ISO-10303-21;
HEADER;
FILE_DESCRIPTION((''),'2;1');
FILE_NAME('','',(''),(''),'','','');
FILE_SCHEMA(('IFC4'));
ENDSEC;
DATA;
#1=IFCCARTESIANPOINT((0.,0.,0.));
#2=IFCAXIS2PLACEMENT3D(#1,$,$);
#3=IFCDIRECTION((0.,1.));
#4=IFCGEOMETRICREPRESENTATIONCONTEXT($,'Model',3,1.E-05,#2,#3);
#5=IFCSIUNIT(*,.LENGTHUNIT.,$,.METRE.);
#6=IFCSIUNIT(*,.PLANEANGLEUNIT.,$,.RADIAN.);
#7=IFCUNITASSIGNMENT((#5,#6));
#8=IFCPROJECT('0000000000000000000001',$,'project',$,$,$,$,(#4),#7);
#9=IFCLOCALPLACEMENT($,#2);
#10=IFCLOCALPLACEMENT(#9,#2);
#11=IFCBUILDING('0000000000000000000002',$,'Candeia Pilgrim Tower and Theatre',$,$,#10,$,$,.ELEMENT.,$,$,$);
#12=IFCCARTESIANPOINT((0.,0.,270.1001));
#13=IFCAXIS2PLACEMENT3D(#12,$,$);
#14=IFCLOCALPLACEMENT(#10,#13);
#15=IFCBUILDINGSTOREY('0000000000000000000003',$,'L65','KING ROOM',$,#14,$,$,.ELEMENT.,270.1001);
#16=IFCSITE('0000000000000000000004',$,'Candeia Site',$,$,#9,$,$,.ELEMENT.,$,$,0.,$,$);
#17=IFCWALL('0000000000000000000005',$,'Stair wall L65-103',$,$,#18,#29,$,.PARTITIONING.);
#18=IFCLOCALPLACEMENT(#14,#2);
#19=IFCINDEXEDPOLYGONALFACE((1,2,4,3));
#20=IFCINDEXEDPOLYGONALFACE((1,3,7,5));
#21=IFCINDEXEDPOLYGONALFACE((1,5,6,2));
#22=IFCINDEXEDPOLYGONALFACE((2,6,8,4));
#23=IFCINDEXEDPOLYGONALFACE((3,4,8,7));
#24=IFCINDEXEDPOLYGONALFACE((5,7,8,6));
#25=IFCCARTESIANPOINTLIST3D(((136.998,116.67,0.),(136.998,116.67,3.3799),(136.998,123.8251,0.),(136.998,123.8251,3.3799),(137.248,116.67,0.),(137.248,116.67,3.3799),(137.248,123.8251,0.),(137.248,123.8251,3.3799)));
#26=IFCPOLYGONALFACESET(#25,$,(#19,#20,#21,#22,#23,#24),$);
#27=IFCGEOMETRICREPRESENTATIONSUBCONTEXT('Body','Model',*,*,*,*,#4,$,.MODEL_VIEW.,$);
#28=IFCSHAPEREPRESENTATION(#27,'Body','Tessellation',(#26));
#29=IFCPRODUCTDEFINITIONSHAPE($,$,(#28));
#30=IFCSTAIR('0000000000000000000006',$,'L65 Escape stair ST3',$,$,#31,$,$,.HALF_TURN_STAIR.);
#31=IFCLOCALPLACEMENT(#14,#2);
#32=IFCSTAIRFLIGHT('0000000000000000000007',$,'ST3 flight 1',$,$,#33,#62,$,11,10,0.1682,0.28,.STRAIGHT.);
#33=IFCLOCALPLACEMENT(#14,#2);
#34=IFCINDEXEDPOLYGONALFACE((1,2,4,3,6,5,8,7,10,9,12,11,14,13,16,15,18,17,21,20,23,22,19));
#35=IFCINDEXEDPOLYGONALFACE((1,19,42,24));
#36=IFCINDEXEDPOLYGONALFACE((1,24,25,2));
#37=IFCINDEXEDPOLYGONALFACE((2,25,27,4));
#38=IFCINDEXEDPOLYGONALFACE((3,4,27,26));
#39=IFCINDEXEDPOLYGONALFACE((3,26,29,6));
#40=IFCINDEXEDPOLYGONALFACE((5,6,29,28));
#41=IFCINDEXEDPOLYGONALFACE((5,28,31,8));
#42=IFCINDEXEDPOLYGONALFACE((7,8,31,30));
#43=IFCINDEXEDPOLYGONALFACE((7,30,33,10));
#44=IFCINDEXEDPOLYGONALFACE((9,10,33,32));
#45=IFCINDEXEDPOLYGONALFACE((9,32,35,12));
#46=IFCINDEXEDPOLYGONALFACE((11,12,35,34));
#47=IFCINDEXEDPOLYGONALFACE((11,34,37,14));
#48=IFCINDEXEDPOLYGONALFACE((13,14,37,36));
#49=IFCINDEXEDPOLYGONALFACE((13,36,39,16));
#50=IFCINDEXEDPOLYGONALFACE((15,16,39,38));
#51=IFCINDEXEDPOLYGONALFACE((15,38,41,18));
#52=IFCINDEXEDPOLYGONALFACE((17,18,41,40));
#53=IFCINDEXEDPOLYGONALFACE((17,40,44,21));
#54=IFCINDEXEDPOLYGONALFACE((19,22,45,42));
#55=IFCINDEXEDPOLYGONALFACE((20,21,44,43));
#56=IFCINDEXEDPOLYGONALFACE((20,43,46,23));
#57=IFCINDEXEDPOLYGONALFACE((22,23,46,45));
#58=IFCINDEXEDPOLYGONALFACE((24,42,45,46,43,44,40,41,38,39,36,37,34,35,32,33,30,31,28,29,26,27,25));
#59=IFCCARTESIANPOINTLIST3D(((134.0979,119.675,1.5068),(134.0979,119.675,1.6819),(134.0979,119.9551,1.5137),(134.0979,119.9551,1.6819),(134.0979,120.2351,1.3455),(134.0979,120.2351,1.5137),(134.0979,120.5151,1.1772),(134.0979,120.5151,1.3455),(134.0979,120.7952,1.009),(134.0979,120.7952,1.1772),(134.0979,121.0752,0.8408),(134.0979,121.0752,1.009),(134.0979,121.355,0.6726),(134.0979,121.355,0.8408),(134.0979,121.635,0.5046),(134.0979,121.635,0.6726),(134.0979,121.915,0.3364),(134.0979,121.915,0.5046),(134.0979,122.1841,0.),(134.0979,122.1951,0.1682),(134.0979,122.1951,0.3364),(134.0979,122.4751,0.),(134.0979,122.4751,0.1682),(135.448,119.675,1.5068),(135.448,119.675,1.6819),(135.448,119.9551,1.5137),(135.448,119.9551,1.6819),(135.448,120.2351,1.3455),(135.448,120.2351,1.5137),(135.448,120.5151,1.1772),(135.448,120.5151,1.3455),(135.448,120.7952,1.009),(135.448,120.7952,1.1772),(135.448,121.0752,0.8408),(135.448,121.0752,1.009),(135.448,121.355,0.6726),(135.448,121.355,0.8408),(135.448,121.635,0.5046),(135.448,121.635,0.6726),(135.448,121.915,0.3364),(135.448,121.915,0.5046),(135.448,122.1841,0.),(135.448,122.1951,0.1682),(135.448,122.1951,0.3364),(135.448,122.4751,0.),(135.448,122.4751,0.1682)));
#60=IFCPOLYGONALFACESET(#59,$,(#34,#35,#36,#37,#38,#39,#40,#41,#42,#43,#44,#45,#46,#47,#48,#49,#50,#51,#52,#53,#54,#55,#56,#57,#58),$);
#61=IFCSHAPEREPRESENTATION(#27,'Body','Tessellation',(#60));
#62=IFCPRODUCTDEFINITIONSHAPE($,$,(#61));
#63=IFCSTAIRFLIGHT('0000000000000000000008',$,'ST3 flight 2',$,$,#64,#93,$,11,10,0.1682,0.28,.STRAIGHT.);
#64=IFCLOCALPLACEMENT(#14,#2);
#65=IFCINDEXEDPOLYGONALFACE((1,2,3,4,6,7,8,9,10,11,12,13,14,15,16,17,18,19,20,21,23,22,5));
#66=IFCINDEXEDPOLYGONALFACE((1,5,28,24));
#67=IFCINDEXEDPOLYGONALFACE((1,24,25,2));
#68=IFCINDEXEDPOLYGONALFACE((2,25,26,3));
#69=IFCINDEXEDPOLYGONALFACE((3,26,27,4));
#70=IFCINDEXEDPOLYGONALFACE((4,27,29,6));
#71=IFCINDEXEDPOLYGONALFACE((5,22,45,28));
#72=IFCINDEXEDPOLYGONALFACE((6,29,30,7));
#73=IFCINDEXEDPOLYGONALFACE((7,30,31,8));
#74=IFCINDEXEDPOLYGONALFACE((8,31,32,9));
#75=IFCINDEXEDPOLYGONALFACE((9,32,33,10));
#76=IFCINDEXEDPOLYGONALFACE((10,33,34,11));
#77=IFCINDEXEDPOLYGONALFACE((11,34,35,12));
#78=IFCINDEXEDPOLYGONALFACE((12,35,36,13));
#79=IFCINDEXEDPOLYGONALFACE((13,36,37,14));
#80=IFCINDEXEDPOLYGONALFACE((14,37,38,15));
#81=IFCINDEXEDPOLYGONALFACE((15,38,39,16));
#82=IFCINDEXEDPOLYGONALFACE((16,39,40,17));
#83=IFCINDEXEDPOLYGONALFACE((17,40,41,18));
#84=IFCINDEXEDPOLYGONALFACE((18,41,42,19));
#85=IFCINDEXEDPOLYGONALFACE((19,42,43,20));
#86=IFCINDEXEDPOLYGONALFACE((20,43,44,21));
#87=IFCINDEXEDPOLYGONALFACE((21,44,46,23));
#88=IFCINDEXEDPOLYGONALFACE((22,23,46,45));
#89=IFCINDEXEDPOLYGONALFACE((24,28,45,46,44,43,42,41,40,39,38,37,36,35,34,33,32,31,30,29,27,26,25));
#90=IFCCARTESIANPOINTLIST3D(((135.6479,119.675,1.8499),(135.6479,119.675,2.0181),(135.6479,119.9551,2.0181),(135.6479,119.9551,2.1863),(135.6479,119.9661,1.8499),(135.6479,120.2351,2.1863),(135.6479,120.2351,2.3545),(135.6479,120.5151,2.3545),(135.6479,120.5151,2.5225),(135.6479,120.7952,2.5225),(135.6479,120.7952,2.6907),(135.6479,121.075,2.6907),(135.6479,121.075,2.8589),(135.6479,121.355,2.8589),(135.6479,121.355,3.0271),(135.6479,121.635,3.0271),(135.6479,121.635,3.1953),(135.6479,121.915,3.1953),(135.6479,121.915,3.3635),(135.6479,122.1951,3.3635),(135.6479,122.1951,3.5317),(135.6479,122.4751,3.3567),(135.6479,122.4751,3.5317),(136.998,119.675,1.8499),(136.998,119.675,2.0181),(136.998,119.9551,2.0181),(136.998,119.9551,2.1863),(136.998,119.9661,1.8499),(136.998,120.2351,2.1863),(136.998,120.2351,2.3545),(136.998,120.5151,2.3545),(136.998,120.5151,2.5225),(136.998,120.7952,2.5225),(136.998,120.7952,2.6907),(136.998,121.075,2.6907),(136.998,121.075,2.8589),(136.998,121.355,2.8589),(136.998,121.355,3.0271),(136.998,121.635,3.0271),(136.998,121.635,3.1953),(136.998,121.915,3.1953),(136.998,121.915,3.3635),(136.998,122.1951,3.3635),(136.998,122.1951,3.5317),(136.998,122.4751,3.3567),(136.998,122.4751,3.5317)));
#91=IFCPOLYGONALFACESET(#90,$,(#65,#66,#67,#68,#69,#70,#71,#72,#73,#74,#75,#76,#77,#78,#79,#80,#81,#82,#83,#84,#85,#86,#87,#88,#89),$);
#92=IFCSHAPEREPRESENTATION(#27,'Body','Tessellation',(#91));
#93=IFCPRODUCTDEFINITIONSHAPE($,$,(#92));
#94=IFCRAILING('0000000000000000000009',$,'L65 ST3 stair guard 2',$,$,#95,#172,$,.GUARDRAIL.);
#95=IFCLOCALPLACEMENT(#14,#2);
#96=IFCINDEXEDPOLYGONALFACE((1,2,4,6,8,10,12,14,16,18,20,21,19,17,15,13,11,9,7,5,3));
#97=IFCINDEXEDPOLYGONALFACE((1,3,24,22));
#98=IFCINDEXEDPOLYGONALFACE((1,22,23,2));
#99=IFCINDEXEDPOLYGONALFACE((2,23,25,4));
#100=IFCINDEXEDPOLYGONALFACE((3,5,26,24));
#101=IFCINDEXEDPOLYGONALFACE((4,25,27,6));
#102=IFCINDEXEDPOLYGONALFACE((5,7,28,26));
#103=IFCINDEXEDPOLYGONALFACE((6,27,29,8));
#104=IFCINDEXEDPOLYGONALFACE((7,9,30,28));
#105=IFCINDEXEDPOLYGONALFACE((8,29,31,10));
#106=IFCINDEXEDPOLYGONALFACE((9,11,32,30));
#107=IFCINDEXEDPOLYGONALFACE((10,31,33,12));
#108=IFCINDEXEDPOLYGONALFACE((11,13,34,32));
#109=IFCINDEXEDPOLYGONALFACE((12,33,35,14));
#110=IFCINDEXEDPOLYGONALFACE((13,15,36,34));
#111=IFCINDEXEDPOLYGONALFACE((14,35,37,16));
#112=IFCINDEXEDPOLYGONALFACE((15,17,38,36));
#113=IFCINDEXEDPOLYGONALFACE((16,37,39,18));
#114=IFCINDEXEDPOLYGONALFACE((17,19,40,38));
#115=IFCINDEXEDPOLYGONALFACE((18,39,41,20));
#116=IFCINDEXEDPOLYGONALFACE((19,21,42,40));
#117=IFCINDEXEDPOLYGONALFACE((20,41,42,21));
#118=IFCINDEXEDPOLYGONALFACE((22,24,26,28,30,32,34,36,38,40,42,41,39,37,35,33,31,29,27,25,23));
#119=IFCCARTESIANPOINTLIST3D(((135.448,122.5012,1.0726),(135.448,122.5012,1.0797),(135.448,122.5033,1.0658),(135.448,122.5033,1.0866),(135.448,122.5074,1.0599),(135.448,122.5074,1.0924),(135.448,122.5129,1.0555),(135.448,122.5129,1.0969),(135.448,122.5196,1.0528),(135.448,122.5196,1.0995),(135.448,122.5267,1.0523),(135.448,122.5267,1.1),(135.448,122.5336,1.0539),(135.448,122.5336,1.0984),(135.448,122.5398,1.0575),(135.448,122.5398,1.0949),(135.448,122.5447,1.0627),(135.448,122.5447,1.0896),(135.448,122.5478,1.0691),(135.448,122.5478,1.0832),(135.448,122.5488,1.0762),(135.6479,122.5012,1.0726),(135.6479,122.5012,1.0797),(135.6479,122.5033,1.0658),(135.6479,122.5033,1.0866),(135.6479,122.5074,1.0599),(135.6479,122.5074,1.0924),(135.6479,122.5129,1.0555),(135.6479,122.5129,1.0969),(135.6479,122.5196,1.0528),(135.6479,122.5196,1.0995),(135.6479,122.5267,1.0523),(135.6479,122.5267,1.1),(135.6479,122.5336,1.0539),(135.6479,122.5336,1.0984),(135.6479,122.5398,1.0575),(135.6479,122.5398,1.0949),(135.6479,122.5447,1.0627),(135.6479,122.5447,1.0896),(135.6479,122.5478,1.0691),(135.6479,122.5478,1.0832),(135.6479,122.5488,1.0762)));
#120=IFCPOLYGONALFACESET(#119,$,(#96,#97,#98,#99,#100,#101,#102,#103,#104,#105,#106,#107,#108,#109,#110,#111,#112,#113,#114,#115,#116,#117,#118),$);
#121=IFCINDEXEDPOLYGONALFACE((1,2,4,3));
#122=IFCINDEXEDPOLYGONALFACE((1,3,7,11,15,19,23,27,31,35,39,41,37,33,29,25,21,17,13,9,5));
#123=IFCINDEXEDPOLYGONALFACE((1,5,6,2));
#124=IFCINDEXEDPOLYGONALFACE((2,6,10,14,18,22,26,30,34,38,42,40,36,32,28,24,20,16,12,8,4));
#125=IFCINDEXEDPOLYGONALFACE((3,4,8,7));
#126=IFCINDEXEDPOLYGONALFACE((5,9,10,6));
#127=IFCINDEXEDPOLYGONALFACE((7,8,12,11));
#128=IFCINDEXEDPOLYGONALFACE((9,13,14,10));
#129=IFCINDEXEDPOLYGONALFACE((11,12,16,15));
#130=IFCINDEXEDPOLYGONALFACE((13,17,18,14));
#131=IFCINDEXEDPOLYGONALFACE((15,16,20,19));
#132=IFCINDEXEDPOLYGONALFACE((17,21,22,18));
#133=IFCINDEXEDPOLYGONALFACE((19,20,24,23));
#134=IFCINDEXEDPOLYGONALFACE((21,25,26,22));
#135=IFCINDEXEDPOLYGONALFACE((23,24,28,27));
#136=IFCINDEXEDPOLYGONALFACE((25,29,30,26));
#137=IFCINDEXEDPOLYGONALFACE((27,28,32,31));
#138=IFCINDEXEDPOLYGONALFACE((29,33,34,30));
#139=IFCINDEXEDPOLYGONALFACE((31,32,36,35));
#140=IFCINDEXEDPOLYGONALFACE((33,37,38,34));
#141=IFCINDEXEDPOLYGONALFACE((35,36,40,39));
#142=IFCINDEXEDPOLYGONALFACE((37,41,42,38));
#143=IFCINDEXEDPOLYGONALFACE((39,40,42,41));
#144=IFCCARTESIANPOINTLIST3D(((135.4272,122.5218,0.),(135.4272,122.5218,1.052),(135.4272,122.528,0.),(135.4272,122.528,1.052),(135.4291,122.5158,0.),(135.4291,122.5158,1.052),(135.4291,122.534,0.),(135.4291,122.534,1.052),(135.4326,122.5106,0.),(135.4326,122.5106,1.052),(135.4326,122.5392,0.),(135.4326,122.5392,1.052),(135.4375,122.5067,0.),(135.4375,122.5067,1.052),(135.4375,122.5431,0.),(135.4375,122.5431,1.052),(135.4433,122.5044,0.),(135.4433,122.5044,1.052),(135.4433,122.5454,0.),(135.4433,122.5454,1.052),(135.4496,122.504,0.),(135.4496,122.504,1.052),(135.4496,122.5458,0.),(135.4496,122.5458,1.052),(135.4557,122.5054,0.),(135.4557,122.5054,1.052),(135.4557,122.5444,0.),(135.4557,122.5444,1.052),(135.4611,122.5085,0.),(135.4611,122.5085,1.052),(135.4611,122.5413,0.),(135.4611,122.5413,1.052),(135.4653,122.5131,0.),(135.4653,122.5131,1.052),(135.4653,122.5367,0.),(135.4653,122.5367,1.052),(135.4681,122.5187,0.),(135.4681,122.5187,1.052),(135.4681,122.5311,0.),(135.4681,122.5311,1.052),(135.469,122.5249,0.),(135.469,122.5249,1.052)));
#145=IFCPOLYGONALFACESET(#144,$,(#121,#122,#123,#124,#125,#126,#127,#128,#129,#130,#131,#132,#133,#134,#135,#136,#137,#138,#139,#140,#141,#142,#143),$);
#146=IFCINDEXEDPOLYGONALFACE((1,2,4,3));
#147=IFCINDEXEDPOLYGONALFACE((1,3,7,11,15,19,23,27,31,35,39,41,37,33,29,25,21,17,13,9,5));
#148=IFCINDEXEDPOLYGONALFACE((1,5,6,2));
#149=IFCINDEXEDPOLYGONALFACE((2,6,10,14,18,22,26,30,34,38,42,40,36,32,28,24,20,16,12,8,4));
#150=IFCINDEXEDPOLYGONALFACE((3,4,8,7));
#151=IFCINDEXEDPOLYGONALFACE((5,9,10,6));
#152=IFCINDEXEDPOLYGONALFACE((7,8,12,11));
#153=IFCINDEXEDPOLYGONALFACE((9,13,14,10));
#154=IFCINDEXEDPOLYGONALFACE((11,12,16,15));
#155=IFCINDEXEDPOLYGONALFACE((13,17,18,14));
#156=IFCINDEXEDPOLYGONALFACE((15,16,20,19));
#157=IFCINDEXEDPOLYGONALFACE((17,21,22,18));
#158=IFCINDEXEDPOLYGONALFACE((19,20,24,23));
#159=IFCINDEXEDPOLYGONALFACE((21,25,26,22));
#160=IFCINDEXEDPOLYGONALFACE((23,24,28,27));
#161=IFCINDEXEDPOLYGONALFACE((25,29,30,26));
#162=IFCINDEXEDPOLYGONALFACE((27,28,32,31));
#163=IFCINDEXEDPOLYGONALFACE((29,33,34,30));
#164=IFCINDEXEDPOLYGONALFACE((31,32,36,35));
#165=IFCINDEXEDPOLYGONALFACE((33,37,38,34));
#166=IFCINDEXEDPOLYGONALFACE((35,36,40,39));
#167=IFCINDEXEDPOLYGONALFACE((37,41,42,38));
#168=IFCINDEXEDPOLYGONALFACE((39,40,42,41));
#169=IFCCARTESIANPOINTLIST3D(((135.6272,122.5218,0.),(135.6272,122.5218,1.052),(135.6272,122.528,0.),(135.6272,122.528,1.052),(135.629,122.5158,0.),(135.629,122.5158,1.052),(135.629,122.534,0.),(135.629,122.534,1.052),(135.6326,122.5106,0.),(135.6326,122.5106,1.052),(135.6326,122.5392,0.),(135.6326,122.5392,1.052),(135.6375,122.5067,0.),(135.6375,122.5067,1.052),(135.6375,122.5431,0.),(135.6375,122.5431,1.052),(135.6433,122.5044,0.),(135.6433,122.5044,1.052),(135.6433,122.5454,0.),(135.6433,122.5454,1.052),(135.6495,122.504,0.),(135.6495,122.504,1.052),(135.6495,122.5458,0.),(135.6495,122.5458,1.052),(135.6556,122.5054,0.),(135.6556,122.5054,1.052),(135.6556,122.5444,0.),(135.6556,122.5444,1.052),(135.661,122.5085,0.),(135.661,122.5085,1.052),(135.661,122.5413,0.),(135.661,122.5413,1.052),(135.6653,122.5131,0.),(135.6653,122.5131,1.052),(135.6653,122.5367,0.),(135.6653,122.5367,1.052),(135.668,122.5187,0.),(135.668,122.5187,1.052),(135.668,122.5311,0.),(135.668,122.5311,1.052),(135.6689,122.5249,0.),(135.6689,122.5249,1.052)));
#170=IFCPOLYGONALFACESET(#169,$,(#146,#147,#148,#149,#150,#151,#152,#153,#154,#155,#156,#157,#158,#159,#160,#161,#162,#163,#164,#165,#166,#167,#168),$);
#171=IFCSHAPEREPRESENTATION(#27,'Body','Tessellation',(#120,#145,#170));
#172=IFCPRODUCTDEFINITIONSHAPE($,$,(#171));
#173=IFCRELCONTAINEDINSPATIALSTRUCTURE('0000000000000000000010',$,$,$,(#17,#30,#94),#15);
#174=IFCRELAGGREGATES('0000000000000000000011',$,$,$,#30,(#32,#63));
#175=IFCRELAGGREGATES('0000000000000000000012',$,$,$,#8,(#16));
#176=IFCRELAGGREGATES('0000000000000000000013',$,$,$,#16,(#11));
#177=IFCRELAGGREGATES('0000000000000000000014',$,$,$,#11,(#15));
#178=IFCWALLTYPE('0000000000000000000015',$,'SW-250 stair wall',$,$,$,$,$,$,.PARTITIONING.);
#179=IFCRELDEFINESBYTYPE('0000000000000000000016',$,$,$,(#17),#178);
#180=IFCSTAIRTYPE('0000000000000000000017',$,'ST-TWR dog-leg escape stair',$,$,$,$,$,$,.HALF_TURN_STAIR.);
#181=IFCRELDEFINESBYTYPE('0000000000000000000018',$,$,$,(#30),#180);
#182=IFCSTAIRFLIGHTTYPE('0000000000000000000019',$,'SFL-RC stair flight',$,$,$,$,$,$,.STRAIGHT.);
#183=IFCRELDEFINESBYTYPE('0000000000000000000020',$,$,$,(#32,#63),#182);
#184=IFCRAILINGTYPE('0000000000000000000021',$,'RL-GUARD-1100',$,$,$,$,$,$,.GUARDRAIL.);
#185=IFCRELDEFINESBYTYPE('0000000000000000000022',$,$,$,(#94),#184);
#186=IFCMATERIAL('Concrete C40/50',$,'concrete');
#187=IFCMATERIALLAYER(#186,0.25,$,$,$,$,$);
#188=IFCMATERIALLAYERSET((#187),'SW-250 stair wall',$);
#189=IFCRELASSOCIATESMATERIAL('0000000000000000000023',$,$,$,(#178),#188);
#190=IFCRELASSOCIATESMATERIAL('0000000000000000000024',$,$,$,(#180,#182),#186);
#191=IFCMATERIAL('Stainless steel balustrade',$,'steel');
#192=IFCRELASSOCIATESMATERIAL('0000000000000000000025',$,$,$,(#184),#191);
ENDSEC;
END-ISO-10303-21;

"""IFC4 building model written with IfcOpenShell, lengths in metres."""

from ifc_helpers import new_model, si_unit, direction, frame, frame_2d, origin, origin_2d, place, context, subcontext, project, spatial, polyline, rectangle, circle, outline, extrude, material, layer, layer_set, type_object, element, aggregate, save


model = new_model("IFC4")

# Units and contexts
model_context = context("Model", 3, precision=1e-05, world=origin(), true_north=direction((0.0, 1.0)))
body_context = subcontext(model_context, "Body", "Model", "MODEL_VIEW")
ifc_project = project(units=[si_unit("LENGTHUNIT", "METRE"), si_unit("PLANEANGLEUNIT", "RADIAN")], contexts=[model_context])

# Site, building, storey
site_placement = place(None, origin())
site = spatial("IfcSite", under=ifc_project, at=site_placement, Name="Candeia Site", CompositionType="ELEMENT", RefElevation=0.0)
building_placement = place(site_placement, origin())
building = spatial("IfcBuilding", under=site, at=building_placement, Name="Candeia Pilgrim Tower and Theatre", CompositionType="ELEMENT")
storey_placement = place(building_placement, frame((0.0, 0.0, 270.1001)))
storey = spatial("IfcBuildingStorey", under=building, at=storey_placement, Name="L65", Description="KING ROOM", CompositionType="ELEMENT", Elevation=270.1001)

# Shared definitions
ifc_material_1 = material(Name="Concrete C40/50", Category="concrete")

# Shared definitions
ifc_layer_1 = layer(ifc_material_1, 0.25)
ifc_layer_set_1 = layer_set([ifc_layer_1], Name="SW-250 stair wall")
wall_type_1 = type_object("IfcWallType", Name="SW-250 stair wall", PredefinedType="PARTITIONING", material=ifc_layer_set_1)

# Wall
wall_1_placement = place(storey_placement, frame((137.123, 116.6699, 0.0), z_axis=(0.0, 0.0, 1.0), x_axis=(0.0, 1.0, 0.0)))
element("IfcWall", 1, at=wall_1_placement, inside=storey, type_object=wall_type_1, Name="Stair wall L65-103", PredefinedType="PARTITIONING", context=body_context, shape_type="SweptSolid", body=[
    extrude(rectangle(XDim=7.155, YDim=0.25, at=frame_2d((3.5776, 0.0))), origin(), (0.0, 0.0, 1.0), 3.3799),
])

# Stair, stair flights
stair_type = type_object("IfcStairType", Name="ST-TWR dog-leg escape stair", PredefinedType="HALF_TURN_STAIR", material=ifc_material_1)
stair_placement = place(storey_placement, origin())
stair = element("IfcStair", 2, at=stair_placement, inside=storey, type_object=stair_type, Name="L65 Escape stair ST3", PredefinedType="HALF_TURN_STAIR")
stair_flight_type = type_object("IfcStairFlightType", Name="SFL-RC stair flight", PredefinedType="STRAIGHT", material=ifc_material_1)
stair_flight_1_placement = place(storey_placement, frame((134.7729, 122.4751, 0.0), z_axis=(0.0, 0.0, 1.0), x_axis=(0.0, -1.0, 0.0)))
stair_flight_1 = element("IfcStairFlight", 3, at=stair_flight_1_placement, type_object=stair_flight_type, Name="ST3 flight 1", NumberOfRisers=11, NumberOfTreads=10, PredefinedType="STRAIGHT", RiserHeight=0.1682, TreadLength=0.28, context=body_context, shape_type="SweptSolid", body=[
    extrude(outline(polyline([(0.0, 0.0), (0.0, 0.1682), (0.28, 0.1682), (0.28, 0.3364), (0.5601, 0.3364), (0.5601, 0.5046), (0.8401, 0.5046), (0.8401, 0.6726), (1.1201, 0.6726), (1.1201, 0.8408), (1.3999, 0.8408), (1.3999, 1.009), (1.6799, 1.009), (1.6799, 1.1772), (1.96, 1.1772), (1.96, 1.3455), (2.24, 1.3455), (2.24, 1.5137), (2.52, 1.5137), (2.52, 1.6819), (2.8, 1.6819), (2.8, 1.8501), (2.8, 1.5068), (0.291, 0.0), (0.0, 0.0)])), frame((0.0, 0.675, 0.0), z_axis=(0.0, -1.0, 0.0), x_axis=(1.0, 0.0, 0.0)), (0.0, 0.0, 1.0), 1.3501),
])
stair_flight_2_placement = place(storey_placement, frame((136.323, 119.675, 1.8499), z_axis=(0.0, 0.0, 1.0), x_axis=(0.0, 1.0, 0.0)))
stair_flight_2 = element("IfcStairFlight", 4, at=stair_flight_2_placement, type_object=stair_flight_type, Name="ST3 flight 2", NumberOfRisers=11, NumberOfTreads=10, PredefinedType="STRAIGHT", RiserHeight=0.1682, TreadLength=0.28, context=body_context, shape_type="SweptSolid", body=[
    extrude(outline(polyline([(0.0, 0.0), (0.0, 0.1682), (0.28, 0.1682), (0.28, 0.3364), (0.5601, 0.3364), (0.5601, 0.5046), (0.8401, 0.5046), (0.8401, 0.6726), (1.1201, 0.6726), (1.1201, 0.8408), (1.3999, 0.8408), (1.3999, 1.009), (1.6799, 1.009), (1.6799, 1.1772), (1.96, 1.1772), (1.96, 1.3455), (2.24, 1.3455), (2.24, 1.5137), (2.52, 1.5137), (2.52, 1.6819), (2.8, 1.6819), (2.8, 1.8501), (2.8, 1.5068), (0.291, 0.0), (0.0, 0.0)])), frame((0.0, 0.675, 0.0), z_axis=(0.0, -1.0, 0.0), x_axis=(1.0, 0.0, 0.0)), (0.0, 0.0, 1.0), 1.3501),
])
aggregate(stair, [stair_flight_1, stair_flight_2])

# Railing
ifc_material_2 = material(Name="Stainless steel balustrade", Category="steel")
railing_type_1 = type_object("IfcRailingType", Name="RL-GUARD-1100", PredefinedType="GUARDRAIL", material=ifc_material_2)
railing_1_placement = place(storey_placement, frame((135.448, 122.5249, 0.0)))
element("IfcRailing", 5, at=railing_1_placement, inside=storey, type_object=railing_type_1, Name="L65 ST3 stair guard 2", PredefinedType="GUARDRAIL", context=body_context, shape_type="SweptSolid", body=[
    extrude(circle(Radius=0.0239, at=origin_2d()), frame((0.0, 0.0, 1.0762), z_axis=(1.0, 0.0, 0.0), x_axis=(0.0, 1.0, 0.0)), (0.0, 0.0, 1.0), 0.2),
    extrude(circle(Radius=0.021, at=origin_2d()), origin(), (0.0, 0.0, 1.0), 1.052),
    extrude(circle(Radius=0.021, at=origin_2d()), frame((0.2, 0.0, 0.0)), (0.0, 0.0, 1.0), 1.052),
])

save(model, "model.ifc")
